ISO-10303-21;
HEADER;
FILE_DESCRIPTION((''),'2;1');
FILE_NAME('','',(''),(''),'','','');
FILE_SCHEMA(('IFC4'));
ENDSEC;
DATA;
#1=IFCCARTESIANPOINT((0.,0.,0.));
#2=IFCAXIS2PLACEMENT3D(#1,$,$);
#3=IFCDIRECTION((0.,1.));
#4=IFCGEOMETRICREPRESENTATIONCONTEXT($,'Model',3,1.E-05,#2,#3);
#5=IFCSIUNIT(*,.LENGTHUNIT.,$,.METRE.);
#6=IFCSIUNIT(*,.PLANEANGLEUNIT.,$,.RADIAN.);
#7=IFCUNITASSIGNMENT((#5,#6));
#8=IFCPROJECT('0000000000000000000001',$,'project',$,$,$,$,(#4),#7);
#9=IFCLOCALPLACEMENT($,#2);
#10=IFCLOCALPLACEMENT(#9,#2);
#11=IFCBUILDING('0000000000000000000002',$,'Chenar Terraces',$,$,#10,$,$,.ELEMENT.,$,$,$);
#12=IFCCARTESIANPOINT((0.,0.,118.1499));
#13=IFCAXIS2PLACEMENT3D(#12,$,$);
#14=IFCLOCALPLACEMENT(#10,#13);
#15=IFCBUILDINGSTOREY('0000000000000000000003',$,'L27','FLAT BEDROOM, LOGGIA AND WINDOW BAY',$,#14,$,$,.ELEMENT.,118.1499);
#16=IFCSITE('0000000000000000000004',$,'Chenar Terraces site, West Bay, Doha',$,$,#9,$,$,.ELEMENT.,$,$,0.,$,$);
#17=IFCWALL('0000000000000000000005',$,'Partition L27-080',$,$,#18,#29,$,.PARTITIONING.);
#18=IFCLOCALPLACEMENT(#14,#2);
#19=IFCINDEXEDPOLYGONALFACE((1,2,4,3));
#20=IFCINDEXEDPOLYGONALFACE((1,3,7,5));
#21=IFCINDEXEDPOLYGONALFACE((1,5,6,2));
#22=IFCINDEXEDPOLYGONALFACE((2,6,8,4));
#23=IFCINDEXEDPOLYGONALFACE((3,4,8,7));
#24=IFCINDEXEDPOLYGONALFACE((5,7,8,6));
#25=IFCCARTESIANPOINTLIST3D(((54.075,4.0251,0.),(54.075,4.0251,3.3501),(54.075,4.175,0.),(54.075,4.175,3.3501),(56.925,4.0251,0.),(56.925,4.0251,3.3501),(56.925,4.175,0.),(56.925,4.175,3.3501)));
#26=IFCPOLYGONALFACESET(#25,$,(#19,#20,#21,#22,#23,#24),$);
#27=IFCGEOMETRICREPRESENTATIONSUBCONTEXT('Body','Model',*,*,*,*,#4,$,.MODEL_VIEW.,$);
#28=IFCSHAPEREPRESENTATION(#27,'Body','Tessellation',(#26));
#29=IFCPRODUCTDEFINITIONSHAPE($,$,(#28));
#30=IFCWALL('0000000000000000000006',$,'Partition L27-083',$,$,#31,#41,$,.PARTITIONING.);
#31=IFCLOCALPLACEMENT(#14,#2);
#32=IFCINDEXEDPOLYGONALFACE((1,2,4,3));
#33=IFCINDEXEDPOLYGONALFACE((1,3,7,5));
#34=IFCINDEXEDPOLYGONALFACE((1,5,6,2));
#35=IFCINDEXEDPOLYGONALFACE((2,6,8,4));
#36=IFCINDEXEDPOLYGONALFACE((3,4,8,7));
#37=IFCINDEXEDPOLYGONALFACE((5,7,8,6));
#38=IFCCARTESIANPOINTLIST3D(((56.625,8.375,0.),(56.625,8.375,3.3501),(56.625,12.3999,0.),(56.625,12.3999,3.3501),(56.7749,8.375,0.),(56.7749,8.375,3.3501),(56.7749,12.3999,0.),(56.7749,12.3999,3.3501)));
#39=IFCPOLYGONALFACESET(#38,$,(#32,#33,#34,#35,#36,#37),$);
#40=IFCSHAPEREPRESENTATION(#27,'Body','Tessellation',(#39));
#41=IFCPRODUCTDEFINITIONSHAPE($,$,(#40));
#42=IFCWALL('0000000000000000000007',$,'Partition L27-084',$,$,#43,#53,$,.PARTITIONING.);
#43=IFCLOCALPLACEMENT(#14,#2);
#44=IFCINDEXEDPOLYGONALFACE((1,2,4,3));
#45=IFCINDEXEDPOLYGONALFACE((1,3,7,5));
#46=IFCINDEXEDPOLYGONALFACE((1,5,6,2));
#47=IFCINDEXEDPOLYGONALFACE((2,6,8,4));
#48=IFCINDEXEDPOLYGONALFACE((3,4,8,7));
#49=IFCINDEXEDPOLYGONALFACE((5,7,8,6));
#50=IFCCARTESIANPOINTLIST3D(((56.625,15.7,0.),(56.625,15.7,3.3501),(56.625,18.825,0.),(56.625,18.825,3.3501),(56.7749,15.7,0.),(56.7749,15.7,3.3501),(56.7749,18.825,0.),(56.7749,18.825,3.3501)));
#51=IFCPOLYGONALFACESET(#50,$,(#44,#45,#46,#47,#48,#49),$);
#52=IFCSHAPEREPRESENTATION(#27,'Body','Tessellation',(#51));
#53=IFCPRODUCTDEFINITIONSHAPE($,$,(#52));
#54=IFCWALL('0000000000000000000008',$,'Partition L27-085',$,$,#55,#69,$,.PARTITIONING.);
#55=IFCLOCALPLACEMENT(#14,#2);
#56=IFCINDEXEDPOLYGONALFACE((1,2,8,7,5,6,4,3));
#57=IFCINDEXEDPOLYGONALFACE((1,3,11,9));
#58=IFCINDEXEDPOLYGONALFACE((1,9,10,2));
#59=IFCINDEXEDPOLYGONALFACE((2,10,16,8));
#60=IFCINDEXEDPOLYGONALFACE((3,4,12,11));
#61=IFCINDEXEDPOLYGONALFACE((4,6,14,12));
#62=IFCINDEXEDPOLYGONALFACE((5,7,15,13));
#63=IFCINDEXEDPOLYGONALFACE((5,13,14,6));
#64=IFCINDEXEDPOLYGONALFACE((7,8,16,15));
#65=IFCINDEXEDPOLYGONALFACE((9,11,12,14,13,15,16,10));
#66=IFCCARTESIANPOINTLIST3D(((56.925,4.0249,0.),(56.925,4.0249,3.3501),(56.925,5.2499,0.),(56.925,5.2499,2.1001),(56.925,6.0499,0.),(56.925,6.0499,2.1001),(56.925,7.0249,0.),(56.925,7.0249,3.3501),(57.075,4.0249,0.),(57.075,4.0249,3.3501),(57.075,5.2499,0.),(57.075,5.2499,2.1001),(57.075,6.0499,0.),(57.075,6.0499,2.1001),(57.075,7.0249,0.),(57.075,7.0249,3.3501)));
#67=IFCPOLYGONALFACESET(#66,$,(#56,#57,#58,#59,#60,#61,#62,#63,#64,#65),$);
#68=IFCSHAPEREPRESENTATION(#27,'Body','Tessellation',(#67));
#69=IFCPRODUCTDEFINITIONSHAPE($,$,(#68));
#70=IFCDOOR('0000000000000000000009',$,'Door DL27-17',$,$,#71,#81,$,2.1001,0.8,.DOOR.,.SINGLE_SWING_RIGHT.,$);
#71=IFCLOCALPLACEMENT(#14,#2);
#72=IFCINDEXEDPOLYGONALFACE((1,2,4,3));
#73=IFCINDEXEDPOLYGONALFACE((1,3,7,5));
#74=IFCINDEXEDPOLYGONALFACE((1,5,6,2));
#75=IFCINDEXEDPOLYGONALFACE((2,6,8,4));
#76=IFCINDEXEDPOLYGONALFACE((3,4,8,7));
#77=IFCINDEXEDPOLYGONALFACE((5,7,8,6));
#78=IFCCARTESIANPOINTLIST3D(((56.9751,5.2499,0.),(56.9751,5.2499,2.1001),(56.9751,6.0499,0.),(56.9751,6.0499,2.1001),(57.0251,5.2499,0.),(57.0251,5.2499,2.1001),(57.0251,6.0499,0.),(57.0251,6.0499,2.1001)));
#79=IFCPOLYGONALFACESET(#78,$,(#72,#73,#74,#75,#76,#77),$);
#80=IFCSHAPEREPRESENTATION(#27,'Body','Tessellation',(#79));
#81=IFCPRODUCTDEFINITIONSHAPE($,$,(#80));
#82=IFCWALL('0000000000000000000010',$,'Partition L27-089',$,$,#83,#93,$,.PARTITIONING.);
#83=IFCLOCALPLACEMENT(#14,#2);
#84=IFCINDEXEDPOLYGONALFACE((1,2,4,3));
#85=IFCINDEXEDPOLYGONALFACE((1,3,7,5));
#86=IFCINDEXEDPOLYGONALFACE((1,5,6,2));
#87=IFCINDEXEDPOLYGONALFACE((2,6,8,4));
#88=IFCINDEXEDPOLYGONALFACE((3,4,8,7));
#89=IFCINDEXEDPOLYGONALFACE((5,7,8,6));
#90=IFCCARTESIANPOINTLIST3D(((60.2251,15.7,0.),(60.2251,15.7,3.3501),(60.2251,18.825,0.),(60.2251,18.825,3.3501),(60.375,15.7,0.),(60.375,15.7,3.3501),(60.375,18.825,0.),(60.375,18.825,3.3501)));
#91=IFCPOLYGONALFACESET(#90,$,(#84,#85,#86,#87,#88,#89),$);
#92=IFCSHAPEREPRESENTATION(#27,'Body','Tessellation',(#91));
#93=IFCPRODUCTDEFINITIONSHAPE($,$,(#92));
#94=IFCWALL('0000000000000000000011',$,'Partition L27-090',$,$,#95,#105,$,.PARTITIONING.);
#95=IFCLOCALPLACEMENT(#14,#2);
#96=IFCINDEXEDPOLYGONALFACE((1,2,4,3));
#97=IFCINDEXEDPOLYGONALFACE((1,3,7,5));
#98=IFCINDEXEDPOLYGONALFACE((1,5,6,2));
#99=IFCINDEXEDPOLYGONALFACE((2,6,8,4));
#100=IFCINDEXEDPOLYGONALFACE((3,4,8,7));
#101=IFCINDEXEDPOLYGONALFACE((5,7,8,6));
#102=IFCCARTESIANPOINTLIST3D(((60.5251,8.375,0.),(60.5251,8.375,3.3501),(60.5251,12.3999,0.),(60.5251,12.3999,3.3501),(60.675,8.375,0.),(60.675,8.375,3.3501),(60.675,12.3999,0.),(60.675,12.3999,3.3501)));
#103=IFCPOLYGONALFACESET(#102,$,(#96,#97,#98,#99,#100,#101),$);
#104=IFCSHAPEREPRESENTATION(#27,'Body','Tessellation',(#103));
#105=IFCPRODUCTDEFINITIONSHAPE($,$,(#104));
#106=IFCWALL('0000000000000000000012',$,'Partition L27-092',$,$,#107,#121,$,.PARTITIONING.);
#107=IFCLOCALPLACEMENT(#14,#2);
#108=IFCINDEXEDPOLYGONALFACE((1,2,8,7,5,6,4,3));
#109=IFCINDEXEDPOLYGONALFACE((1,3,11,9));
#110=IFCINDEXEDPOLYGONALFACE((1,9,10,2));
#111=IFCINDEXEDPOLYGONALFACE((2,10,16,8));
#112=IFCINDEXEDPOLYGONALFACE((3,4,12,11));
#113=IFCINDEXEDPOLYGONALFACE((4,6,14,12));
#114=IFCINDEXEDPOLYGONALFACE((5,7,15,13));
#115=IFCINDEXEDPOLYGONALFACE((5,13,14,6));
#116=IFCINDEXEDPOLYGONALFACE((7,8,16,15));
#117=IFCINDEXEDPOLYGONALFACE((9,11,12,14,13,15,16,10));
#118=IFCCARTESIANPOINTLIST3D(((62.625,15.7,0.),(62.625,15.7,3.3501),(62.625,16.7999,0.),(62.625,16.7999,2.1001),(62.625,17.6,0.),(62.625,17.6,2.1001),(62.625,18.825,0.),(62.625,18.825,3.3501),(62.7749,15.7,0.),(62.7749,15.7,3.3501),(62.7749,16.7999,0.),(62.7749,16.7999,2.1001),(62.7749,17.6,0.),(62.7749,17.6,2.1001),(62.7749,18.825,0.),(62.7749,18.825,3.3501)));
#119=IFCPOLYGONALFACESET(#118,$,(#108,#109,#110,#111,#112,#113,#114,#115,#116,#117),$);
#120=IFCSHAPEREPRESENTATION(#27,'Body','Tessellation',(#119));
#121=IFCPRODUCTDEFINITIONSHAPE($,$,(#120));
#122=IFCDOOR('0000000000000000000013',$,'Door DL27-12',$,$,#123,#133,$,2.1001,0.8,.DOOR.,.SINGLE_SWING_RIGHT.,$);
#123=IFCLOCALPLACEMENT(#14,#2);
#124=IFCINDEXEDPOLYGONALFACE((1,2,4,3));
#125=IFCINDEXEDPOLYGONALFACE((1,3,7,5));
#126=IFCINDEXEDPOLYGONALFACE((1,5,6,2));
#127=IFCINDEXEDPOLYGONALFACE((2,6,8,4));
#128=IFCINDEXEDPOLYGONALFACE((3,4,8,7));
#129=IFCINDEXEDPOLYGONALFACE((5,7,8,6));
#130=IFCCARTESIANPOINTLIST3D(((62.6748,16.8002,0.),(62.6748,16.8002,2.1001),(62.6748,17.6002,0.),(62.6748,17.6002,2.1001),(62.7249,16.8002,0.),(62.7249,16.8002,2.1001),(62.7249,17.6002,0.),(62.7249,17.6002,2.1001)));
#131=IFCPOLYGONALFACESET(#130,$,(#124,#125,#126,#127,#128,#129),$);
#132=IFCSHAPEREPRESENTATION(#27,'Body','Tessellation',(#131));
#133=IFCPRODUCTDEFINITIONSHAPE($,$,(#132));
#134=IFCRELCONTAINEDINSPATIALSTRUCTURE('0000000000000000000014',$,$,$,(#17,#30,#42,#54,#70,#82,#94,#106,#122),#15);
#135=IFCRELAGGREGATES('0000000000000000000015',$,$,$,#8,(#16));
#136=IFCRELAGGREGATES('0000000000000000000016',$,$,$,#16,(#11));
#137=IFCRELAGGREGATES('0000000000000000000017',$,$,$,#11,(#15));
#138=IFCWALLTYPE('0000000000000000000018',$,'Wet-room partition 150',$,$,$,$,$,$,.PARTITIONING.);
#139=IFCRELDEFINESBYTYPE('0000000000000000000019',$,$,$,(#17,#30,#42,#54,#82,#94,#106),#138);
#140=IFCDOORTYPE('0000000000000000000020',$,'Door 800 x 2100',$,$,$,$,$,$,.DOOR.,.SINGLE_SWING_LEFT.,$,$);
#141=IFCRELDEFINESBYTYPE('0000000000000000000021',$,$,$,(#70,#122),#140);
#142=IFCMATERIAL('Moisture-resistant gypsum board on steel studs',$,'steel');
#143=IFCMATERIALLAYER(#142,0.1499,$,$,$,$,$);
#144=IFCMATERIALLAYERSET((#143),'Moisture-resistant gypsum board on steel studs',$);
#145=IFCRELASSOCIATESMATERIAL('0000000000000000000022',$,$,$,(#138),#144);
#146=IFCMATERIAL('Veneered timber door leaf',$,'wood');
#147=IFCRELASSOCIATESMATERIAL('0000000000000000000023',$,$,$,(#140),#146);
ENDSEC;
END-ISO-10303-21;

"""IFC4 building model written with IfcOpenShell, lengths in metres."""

from ifc_helpers import new_model, si_unit, direction, frame, frame_2d, origin, place, context, subcontext, project, spatial, rectangle, extrude, material, layer, layer_set, type_object, element, fill, save


model = new_model("IFC4")

# Units and contexts
model_context = context("Model", 3, precision=1e-05, world=origin(), true_north=direction((0.0, 1.0)))
body_context = subcontext(model_context, "Body", "Model", "MODEL_VIEW")
ifc_project = project(units=[si_unit("LENGTHUNIT", "METRE"), si_unit("PLANEANGLEUNIT", "RADIAN")], contexts=[model_context])

# Site, building, storey
site_placement = place(None, origin())
site = spatial("IfcSite", under=ifc_project, at=site_placement, Name="Chenar Terraces site, West Bay, Doha", CompositionType="ELEMENT", RefElevation=0.0)
building_placement = place(site_placement, origin())
building = spatial("IfcBuilding", under=site, at=building_placement, Name="Chenar Terraces", CompositionType="ELEMENT")
storey_placement = place(building_placement, frame((0.0, 0.0, 118.1499)))
storey = spatial("IfcBuildingStorey", under=building, at=storey_placement, Name="L27", Description="FLAT BEDROOM, LOGGIA AND WINDOW BAY", CompositionType="ELEMENT", Elevation=118.1499)

# Walls
ifc_material_1 = material(Name="Moisture-resistant gypsum board on steel studs", Category="steel")
ifc_layer_1 = layer(ifc_material_1, 0.1499)
ifc_layer_set_1 = layer_set([ifc_layer_1], Name="Moisture-resistant gypsum board on steel studs")
wall_type_1 = type_object("IfcWallType", Name="Wet-room partition 150", PredefinedType="PARTITIONING", material=ifc_layer_set_1)
wall_1_placement = place(storey_placement, frame((54.075, 4.1001, 0.0), z_axis=(0.0, 0.0, 1.0), x_axis=(1.0, 0.0, 0.0)))
element("IfcWall", 1, at=wall_1_placement, inside=storey, type_object=wall_type_1, Name="Partition L27-080", PredefinedType="PARTITIONING", context=body_context, shape_type="SweptSolid", body=[
    extrude(rectangle(XDim=2.8501, YDim=0.1499, at=frame_2d((1.425, 0.0))), origin(), (0.0, 0.0, 1.0), 3.3501),
])
wall_2_placement = place(storey_placement, frame((56.7, 8.375, 0.0), z_axis=(0.0, 0.0, 1.0), x_axis=(0.0, 1.0, 0.0)))
element("IfcWall", 2, at=wall_2_placement, inside=storey, type_object=wall_type_1, Name="Partition L27-083", PredefinedType="PARTITIONING", context=body_context, shape_type="SweptSolid", body=[
    extrude(rectangle(XDim=4.0249, YDim=0.1499, at=frame_2d((2.0125, 0.0))), origin(), (0.0, 0.0, 1.0), 3.3501),
])
wall_3_placement = place(storey_placement, frame((56.7, 15.7, 0.0), z_axis=(0.0, 0.0, 1.0), x_axis=(0.0, 1.0, 0.0)))
element("IfcWall", 3, at=wall_3_placement, inside=storey, type_object=wall_type_1, Name="Partition L27-084", PredefinedType="PARTITIONING", context=body_context, shape_type="SweptSolid", body=[
    extrude(rectangle(XDim=3.125, YDim=0.1499, at=frame_2d((1.5625, 0.0))), origin(), (0.0, 0.0, 1.0), 3.3501),
])

# Wall, opening, door
wall_4_placement = place(storey_placement, frame((57.0, 4.0249, 0.0), z_axis=(0.0, 0.0, 1.0), x_axis=(0.0, 1.0, 0.0)))
wall_4 = element("IfcWall", 4, at=wall_4_placement, inside=storey, type_object=wall_type_1, Name="Partition L27-085", PredefinedType="PARTITIONING", context=body_context, shape_type="SweptSolid", body=[
    extrude(rectangle(XDim=3.0, YDim=0.1499, at=frame_2d((1.5, 0.0))), origin(), (0.0, 0.0, 1.0), 3.3501),
])
opening_1_placement = place(wall_4_placement, frame((1.2251, 0.0, 0.0)))
opening_1 = element("IfcOpeningElement", 5, at=opening_1_placement, cuts=wall_4, PredefinedType="OPENING", context=body_context, shape_type="SweptSolid", body=[
    extrude(rectangle(XDim=0.8, YDim=2.1001, at=frame_2d((0.3999, 1.05))), frame((0.0, 0.085, 0.0), z_axis=(0.0, -1.0, 0.0), x_axis=(1.0, 0.0, 0.0)), (0.0, 0.0, 1.0), 0.1699),
])
ifc_material_2 = material(Name="Veneered timber door leaf", Category="wood")
door_type_1 = type_object("IfcDoorType", Name="Door 800 x 2100", OperationType="SINGLE_SWING_LEFT", PredefinedType="DOOR", material=ifc_material_2)
door_1_placement = place(opening_1_placement, origin())
door_1 = element("IfcDoor", 6, at=door_1_placement, inside=storey, type_object=door_type_1, Name="Door DL27-17", OperationType="SINGLE_SWING_RIGHT", OverallHeight=2.1001, OverallWidth=0.8, PredefinedType="DOOR", context=body_context, shape_type="SweptSolid", body=[
    extrude(rectangle(XDim=0.8, YDim=2.1001, at=frame_2d((0.3999, 1.05))), frame((0.0, 0.0249, 0.0), z_axis=(0.0, -1.0, 0.0), x_axis=(1.0, 0.0, 0.0)), (0.0, 0.0, 1.0), 0.05),
])
fill(opening_1, door_1)

# Walls
wall_5_placement = place(storey_placement, frame((60.3, 15.7, 0.0), z_axis=(0.0, 0.0, 1.0), x_axis=(0.0, 1.0, 0.0)))
element("IfcWall", 7, at=wall_5_placement, inside=storey, type_object=wall_type_1, Name="Partition L27-089", PredefinedType="PARTITIONING", context=body_context, shape_type="SweptSolid", body=[
    extrude(rectangle(XDim=3.125, YDim=0.1499, at=frame_2d((1.5625, 0.0))), origin(), (0.0, 0.0, 1.0), 3.3501),
])
wall_6_placement = place(storey_placement, frame((60.6001, 8.375, 0.0), z_axis=(0.0, 0.0, 1.0), x_axis=(0.0, 1.0, 0.0)))
element("IfcWall", 8, at=wall_6_placement, inside=storey, type_object=wall_type_1, Name="Partition L27-090", PredefinedType="PARTITIONING", context=body_context, shape_type="SweptSolid", body=[
    extrude(rectangle(XDim=4.0249, YDim=0.1499, at=frame_2d((2.0125, 0.0))), origin(), (0.0, 0.0, 1.0), 3.3501),
])

# Wall, opening, door
wall_7_placement = place(storey_placement, frame((62.7, 15.7, 0.0), z_axis=(0.0, 0.0, 1.0), x_axis=(0.0, 1.0, 0.0)))
wall_7 = element("IfcWall", 9, at=wall_7_placement, inside=storey, type_object=wall_type_1, Name="Partition L27-092", PredefinedType="PARTITIONING", context=body_context, shape_type="SweptSolid", body=[
    extrude(rectangle(XDim=3.125, YDim=0.1499, at=frame_2d((1.5625, 0.0))), origin(), (0.0, 0.0, 1.0), 3.3501),
])
opening_2_placement = place(wall_7_placement, frame((1.1001, 0.0, 0.0)))
opening_2 = element("IfcOpeningElement", 10, at=opening_2_placement, cuts=wall_7, PredefinedType="OPENING", context=body_context, shape_type="SweptSolid", body=[
    extrude(rectangle(XDim=0.8, YDim=2.1001, at=frame_2d((0.3999, 1.05))), frame((0.0, 0.085, 0.0), z_axis=(0.0, -1.0, 0.0), x_axis=(1.0, 0.0, 0.0)), (0.0, 0.0, 1.0), 0.1699),
])
door_2_placement = place(opening_2_placement, frame((0.8, 0.0, 0.0), z_axis=(0.0, 0.0, 1.0), x_axis=(-1.0, 0.0, 0.0)))
door_2 = element("IfcDoor", 11, at=door_2_placement, inside=storey, type_object=door_type_1, Name="Door DL27-12", OperationType="SINGLE_SWING_RIGHT", OverallHeight=2.1001, OverallWidth=0.8, PredefinedType="DOOR", context=body_context, shape_type="SweptSolid", body=[
    extrude(rectangle(XDim=0.8, YDim=2.1001, at=frame_2d((0.3999, 1.05))), frame((0.0, 0.0249, 0.0), z_axis=(0.0, -1.0, 0.0), x_axis=(1.0, 0.0, 0.0)), (0.0, 0.0, 1.0), 0.05),
])
fill(opening_2, door_2)

save(model, "model.ifc")
